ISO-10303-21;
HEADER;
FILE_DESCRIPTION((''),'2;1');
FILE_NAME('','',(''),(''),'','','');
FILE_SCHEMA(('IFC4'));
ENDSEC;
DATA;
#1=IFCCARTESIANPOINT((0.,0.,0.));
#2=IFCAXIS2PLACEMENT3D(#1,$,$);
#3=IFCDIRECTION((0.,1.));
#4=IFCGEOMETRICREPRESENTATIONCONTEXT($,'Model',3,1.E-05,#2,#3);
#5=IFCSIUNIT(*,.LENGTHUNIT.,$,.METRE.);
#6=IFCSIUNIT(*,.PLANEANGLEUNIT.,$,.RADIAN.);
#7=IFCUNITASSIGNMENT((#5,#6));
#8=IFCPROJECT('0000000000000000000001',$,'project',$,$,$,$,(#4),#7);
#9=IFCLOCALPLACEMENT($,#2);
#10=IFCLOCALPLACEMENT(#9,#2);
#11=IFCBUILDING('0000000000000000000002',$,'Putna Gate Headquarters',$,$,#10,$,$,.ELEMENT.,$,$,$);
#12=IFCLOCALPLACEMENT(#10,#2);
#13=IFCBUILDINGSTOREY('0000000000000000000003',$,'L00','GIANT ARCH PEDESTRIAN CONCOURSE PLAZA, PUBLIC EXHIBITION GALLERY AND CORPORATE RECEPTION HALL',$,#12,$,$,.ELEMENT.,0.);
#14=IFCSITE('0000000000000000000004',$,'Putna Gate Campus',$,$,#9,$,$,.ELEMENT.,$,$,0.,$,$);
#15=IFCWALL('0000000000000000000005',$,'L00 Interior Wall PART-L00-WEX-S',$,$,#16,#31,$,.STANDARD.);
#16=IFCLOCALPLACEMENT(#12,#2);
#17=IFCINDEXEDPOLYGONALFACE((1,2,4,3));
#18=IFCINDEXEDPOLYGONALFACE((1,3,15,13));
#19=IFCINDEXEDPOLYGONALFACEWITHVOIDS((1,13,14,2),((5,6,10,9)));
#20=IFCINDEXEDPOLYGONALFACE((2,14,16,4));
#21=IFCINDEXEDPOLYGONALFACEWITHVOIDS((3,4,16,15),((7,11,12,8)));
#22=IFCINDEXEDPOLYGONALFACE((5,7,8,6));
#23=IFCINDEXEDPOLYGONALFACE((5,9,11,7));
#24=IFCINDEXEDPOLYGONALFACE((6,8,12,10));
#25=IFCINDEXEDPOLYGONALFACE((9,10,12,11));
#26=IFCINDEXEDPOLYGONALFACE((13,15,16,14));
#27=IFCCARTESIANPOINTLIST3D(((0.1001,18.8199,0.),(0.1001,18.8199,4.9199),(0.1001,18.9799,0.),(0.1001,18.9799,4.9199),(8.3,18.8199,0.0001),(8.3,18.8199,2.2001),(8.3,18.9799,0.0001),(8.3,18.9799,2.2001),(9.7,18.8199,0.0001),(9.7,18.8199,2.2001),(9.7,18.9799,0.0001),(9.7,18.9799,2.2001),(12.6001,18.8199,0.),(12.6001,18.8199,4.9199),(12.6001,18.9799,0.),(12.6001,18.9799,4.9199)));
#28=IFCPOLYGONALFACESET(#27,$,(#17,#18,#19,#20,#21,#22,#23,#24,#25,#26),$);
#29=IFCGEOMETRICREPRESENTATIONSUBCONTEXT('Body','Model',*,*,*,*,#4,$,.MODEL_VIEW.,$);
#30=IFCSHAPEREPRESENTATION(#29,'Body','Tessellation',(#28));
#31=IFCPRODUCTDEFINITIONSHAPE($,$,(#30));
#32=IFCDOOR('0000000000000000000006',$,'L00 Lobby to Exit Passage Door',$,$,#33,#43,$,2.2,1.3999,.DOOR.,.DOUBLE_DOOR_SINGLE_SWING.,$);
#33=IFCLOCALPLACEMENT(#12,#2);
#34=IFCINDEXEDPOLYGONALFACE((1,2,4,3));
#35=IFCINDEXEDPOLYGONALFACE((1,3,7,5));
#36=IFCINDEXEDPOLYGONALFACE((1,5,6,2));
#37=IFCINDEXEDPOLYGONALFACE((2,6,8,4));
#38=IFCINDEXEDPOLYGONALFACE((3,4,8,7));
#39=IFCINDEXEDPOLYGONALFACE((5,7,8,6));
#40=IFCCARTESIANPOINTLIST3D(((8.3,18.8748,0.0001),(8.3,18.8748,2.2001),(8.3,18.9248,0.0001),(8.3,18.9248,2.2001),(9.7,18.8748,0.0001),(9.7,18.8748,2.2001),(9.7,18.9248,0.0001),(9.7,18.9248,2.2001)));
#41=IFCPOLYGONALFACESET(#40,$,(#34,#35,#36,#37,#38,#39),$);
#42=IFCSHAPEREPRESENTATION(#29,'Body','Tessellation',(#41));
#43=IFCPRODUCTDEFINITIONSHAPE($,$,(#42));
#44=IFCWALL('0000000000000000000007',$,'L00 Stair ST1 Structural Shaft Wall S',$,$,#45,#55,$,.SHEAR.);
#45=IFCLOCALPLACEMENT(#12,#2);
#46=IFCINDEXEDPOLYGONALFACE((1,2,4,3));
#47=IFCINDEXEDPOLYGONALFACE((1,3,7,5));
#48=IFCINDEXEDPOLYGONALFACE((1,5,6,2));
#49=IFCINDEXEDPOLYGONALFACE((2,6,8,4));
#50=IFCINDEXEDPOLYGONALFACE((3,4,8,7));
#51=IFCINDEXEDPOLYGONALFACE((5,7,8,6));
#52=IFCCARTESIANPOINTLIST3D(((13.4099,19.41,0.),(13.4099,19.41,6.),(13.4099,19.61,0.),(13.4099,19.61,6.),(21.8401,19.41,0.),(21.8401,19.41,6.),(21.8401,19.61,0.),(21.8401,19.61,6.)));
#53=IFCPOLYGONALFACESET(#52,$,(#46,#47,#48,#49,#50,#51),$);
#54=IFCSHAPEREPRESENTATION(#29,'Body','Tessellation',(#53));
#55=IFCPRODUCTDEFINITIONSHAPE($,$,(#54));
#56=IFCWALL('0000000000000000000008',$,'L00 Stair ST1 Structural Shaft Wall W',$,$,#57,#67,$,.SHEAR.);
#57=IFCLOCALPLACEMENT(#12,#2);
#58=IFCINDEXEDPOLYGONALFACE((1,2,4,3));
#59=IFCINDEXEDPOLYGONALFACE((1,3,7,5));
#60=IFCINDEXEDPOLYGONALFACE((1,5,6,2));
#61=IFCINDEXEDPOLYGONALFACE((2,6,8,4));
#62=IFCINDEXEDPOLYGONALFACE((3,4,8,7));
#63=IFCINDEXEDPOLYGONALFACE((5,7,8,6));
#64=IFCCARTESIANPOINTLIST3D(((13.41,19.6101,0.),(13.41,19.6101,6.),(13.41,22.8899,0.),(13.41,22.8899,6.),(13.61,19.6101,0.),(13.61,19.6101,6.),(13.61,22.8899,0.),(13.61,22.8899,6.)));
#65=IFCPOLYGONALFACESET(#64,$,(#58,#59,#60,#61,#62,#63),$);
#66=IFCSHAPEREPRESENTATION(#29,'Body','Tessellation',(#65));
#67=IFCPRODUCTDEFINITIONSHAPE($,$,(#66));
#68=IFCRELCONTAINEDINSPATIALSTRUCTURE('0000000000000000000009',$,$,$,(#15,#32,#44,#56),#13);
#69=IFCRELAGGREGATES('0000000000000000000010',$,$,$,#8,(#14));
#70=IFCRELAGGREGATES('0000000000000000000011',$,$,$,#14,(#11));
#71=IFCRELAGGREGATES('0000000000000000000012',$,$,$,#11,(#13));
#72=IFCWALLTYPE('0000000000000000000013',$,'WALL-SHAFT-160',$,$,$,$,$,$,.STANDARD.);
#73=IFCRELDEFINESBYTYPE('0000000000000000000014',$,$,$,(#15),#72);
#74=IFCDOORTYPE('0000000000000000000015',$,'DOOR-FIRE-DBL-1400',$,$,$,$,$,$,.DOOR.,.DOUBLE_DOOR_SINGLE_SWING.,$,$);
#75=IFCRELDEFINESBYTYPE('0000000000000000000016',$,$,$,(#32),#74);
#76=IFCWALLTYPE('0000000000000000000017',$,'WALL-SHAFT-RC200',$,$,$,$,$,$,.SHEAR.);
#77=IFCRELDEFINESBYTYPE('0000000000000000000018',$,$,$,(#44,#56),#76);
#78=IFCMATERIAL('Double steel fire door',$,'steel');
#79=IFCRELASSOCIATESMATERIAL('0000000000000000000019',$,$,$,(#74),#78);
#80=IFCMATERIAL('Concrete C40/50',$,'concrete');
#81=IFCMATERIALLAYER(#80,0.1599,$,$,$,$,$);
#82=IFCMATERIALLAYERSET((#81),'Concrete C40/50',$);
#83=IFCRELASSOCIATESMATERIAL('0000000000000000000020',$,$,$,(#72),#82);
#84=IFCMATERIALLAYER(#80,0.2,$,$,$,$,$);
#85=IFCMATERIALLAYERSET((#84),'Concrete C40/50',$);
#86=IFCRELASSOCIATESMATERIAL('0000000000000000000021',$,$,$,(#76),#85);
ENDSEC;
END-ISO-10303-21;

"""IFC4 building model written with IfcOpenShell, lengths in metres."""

from ifc_helpers import new_model, si_unit, direction, frame, frame_2d, origin, place, context, subcontext, project, spatial, rectangle, extrude, material, layer, layer_set, type_object, element, fill, save


model = new_model("IFC4")

# Units and contexts
model_context = context("Model", 3, precision=1e-05, world=origin(), true_north=direction((0.0, 1.0)))
body_context = subcontext(model_context, "Body", "Model", "MODEL_VIEW")
ifc_project = project(units=[si_unit("LENGTHUNIT", "METRE"), si_unit("PLANEANGLEUNIT", "RADIAN")], contexts=[model_context])

# Site, building, storey
site_placement = place(None, origin())
site = spatial("IfcSite", under=ifc_project, at=site_placement, Name="Putna Gate Campus", CompositionType="ELEMENT", RefElevation=0.0)
building_placement = place(site_placement, origin())
building = spatial("IfcBuilding", under=site, at=building_placement, Name="Putna Gate Headquarters", CompositionType="ELEMENT")
storey_placement = place(building_placement, origin())
storey = spatial("IfcBuildingStorey", under=building, at=storey_placement, Name="L00", Description="GIANT ARCH PEDESTRIAN CONCOURSE PLAZA, PUBLIC EXHIBITION GALLERY AND CORPORATE RECEPTION HALL", CompositionType="ELEMENT", Elevation=0.0)

# Wall, opening, door
ifc_material_1 = material(Name="Double steel fire door", Category="steel")
door_type = type_object("IfcDoorType", Name="DOOR-FIRE-DBL-1400", OperationType="DOUBLE_DOOR_SINGLE_SWING", PredefinedType="DOOR", material=ifc_material_1)
ifc_material_2 = material(Name="Concrete C40/50", Category="concrete")
ifc_layer_1 = layer(ifc_material_2, 0.1599)
ifc_layer_set_1 = layer_set([ifc_layer_1], Name="Concrete C40/50")
wall_type_1 = type_object("IfcWallType", Name="WALL-SHAFT-160", PredefinedType="STANDARD", material=ifc_layer_set_1)
wall_1_placement = place(storey_placement, frame((0.1001, 18.8999, 0.0), z_axis=(0.0, 0.0, 1.0), x_axis=(1.0, 0.0, 0.0)))
wall_1 = element("IfcWall", 1, at=wall_1_placement, inside=storey, type_object=wall_type_1, Name="L00 Interior Wall PART-L00-WEX-S", PredefinedType="STANDARD", context=body_context, shape_type="SweptSolid", body=[
    extrude(rectangle(XDim=12.5, YDim=0.1599, at=frame_2d((6.25, 0.0))), origin(), (0.0, 0.0, 1.0), 4.9199),
])
opening_1_placement = place(wall_1_placement, frame((8.2, 0.0, 0.0)))
opening_1 = element("IfcOpeningElement", 2, at=opening_1_placement, cuts=wall_1, PredefinedType="OPENING", context=body_context, shape_type="SweptSolid", body=[
    extrude(rectangle(XDim=1.3999, YDim=2.2, at=frame_2d((0.7, 1.1001))), frame((0.0, 0.0898, 0.0), z_axis=(0.0, -1.0, 0.0), x_axis=(1.0, 0.0, 0.0)), (0.0, 0.0, 1.0), 0.1799),
])
door_1_placement = place(opening_1_placement, origin())
door_1 = element("IfcDoor", 3, at=door_1_placement, inside=storey, type_object=door_type, Name="L00 Lobby to Exit Passage Door", OperationType="DOUBLE_DOOR_SINGLE_SWING", OverallHeight=2.2, OverallWidth=1.3999, PredefinedType="DOOR", context=body_context, shape_type="SweptSolid", body=[
    extrude(rectangle(XDim=1.3999, YDim=2.2, at=frame_2d((0.7, 1.1001))), frame((0.0, 0.0249, 0.0), z_axis=(0.0, -1.0, 0.0), x_axis=(1.0, 0.0, 0.0)), (0.0, 0.0, 1.0), 0.05),
])
fill(opening_1, door_1)

# Walls
ifc_layer_2 = layer(ifc_material_2, 0.2)
ifc_layer_set_2 = layer_set([ifc_layer_2], Name="Concrete C40/50")
wall_type_2 = type_object("IfcWallType", Name="WALL-SHAFT-RC200", PredefinedType="SHEAR", material=ifc_layer_set_2)
wall_2_placement = place(storey_placement, frame((13.4099, 19.51, 0.0), z_axis=(0.0, 0.0, 1.0), x_axis=(1.0, 0.0, 0.0)))
element("IfcWall", 4, at=wall_2_placement, inside=storey, type_object=wall_type_2, Name="L00 Stair ST1 Structural Shaft Wall S", PredefinedType="SHEAR", context=body_context, shape_type="SweptSolid", body=[
    extrude(rectangle(XDim=8.4302, YDim=0.2, at=frame_2d((4.2151, 0.0))), origin(), (0.0, 0.0, 1.0), 6.0),
])
wall_3_placement = place(storey_placement, frame((13.51, 19.6101, 0.0), z_axis=(0.0, 0.0, 1.0), x_axis=(0.0, 1.0, 0.0)))
element("IfcWall", 5, at=wall_3_placement, inside=storey, type_object=wall_type_2, Name="L00 Stair ST1 Structural Shaft Wall W", PredefinedType="SHEAR", context=body_context, shape_type="SweptSolid", body=[
    extrude(rectangle(XDim=3.2798, YDim=0.2, at=frame_2d((1.6399, 0.0))), origin(), (0.0, 0.0, 1.0), 6.0),
])

save(model, "model.ifc")
